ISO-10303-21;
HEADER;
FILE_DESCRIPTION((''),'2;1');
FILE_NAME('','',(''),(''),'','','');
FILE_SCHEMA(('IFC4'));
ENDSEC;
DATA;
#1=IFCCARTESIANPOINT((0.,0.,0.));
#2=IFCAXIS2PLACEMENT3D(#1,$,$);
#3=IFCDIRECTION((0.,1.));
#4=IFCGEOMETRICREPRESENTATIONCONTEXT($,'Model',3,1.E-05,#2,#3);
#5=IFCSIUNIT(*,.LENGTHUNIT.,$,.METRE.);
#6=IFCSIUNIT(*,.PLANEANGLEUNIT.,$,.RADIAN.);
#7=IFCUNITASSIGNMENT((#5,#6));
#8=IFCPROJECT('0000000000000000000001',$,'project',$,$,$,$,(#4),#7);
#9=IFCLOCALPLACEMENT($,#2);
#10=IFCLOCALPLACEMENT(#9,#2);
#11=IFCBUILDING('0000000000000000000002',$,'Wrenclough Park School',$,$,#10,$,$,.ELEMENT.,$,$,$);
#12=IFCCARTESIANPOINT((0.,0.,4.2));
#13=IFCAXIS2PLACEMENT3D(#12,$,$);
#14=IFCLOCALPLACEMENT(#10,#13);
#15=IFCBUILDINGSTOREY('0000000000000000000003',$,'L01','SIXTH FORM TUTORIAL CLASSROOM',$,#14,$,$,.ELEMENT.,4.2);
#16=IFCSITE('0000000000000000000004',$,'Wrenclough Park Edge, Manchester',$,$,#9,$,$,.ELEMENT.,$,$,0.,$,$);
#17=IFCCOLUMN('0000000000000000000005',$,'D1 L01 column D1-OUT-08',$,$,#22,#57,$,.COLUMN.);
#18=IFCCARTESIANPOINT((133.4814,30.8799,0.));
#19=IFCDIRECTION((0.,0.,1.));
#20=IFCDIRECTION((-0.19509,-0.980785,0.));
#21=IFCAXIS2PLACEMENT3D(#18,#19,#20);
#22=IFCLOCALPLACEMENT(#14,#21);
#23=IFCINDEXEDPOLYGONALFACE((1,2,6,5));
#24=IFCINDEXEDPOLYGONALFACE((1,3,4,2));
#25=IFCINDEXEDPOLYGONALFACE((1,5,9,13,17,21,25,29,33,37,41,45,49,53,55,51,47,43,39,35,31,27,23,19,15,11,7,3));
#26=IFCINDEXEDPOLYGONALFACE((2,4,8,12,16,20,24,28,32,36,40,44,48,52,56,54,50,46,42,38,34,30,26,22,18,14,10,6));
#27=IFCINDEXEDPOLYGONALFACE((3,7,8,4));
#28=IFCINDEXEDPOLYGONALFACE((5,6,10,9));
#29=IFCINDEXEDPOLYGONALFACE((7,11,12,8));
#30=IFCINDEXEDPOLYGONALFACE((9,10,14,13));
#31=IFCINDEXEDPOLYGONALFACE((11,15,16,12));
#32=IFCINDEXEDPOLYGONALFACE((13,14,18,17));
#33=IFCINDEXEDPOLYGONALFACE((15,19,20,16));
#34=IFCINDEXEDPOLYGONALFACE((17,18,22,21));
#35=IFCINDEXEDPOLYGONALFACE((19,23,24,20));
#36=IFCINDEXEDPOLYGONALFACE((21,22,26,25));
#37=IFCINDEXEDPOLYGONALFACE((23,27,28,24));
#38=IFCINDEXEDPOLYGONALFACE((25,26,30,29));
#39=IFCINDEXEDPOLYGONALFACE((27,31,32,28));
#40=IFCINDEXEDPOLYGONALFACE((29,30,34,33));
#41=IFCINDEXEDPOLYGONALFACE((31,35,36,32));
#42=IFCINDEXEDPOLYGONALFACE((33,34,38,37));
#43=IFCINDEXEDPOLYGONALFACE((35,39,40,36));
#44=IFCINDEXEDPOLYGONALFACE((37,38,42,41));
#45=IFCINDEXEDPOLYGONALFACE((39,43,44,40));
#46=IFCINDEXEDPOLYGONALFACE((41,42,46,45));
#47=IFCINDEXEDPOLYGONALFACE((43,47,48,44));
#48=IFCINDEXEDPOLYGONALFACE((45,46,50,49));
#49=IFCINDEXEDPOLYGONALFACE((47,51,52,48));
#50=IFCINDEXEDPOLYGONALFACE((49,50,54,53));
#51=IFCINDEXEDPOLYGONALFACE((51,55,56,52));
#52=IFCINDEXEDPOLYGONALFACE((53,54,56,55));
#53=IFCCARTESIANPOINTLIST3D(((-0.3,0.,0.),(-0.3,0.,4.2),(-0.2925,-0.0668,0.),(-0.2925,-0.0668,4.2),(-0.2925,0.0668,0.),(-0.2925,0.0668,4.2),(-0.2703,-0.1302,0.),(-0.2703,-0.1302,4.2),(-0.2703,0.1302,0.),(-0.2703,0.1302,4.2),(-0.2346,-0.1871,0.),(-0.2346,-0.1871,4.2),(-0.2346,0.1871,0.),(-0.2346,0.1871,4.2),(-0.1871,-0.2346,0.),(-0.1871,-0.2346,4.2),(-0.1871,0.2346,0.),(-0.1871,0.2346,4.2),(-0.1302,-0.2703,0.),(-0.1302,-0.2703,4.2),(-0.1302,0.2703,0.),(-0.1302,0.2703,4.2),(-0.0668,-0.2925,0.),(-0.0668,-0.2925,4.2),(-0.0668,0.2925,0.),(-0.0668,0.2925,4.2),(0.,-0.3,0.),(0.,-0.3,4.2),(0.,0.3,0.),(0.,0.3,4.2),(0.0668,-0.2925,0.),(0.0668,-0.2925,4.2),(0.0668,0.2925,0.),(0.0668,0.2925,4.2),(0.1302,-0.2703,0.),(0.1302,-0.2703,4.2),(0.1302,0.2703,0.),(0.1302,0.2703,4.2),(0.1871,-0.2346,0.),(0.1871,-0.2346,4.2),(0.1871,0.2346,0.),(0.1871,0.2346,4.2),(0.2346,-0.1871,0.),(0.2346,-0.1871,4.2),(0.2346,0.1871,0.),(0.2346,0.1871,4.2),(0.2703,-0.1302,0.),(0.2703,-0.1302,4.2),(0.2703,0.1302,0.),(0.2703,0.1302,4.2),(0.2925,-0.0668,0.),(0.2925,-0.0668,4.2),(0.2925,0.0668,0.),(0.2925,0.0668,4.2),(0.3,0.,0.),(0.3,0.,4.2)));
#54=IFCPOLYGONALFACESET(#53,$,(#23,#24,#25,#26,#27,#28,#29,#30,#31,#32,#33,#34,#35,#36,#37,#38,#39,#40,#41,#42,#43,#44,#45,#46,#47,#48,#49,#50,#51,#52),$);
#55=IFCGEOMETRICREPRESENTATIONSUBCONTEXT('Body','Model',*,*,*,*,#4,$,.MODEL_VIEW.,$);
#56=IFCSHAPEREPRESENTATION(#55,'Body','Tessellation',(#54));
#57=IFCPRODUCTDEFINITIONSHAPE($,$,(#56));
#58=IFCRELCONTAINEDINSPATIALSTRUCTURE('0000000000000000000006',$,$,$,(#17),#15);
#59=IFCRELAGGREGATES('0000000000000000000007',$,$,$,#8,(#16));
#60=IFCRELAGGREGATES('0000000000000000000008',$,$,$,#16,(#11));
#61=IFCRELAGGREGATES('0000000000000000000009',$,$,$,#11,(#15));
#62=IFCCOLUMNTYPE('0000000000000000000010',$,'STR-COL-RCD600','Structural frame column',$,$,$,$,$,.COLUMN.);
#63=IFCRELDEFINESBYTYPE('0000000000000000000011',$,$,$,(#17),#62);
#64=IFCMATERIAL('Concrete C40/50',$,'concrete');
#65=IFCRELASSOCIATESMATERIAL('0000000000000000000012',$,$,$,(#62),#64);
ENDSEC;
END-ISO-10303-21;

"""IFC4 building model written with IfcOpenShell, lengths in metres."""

from ifc_helpers import new_model, si_unit, direction, frame, origin, origin_2d, place, context, subcontext, project, spatial, circle, extrude, material, material_profile, profile_set, type_object, element, save


model = new_model("IFC4")

# Units and contexts
model_context = context("Model", 3, precision=1e-05, world=origin(), true_north=direction((0.0, 1.0)))
body_context = subcontext(model_context, "Body", "Model", "MODEL_VIEW")
ifc_project = project(units=[si_unit("LENGTHUNIT", "METRE"), si_unit("PLANEANGLEUNIT", "RADIAN")], contexts=[model_context])

# Site, building, storey
site_placement = place(None, origin())
site = spatial("IfcSite", under=ifc_project, at=site_placement, Name="Wrenclough Park Edge, Manchester", CompositionType="ELEMENT", RefElevation=0.0)
building_placement = place(site_placement, origin())
building = spatial("IfcBuilding", under=site, at=building_placement, Name="Wrenclough Park School", CompositionType="ELEMENT")
storey_placement = place(building_placement, frame((0.0, 0.0, 4.2)))
storey = spatial("IfcBuildingStorey", under=building, at=storey_placement, Name="L01", Description="SIXTH FORM TUTORIAL CLASSROOM", CompositionType="ELEMENT", Elevation=4.2)

# Column
ifc_material_1 = material(Name="Concrete C40/50", Category="concrete")
ifc_material_profile_1 = material_profile(ifc_material_1, circle(Radius=0.3, at=origin_2d()), Name="RC COL D600")
ifc_profile_set_1 = profile_set([ifc_material_profile_1], Name="Concrete C40/50")
column_type_1 = type_object("IfcColumnType", Name="STR-COL-RCD600", Description="Structural frame column", PredefinedType="COLUMN", material=ifc_profile_set_1)
column_placement = place(storey_placement, frame((133.4814, 30.8799, 0.0), z_axis=(0.0, 0.0, 1.0), x_axis=(-0.19509, -0.980785, 0.0)))
element("IfcColumn", 1, at=column_placement, inside=storey, type_object=column_type_1, Name="D1 L01 column D1-OUT-08", PredefinedType="COLUMN", context=body_context, shape_type="SweptSolid", body=[
    extrude(circle(Radius=0.3, at=origin_2d()), origin(), (0.0, 0.0, 1.0), 4.2),
])

save(model, "model.ifc")
